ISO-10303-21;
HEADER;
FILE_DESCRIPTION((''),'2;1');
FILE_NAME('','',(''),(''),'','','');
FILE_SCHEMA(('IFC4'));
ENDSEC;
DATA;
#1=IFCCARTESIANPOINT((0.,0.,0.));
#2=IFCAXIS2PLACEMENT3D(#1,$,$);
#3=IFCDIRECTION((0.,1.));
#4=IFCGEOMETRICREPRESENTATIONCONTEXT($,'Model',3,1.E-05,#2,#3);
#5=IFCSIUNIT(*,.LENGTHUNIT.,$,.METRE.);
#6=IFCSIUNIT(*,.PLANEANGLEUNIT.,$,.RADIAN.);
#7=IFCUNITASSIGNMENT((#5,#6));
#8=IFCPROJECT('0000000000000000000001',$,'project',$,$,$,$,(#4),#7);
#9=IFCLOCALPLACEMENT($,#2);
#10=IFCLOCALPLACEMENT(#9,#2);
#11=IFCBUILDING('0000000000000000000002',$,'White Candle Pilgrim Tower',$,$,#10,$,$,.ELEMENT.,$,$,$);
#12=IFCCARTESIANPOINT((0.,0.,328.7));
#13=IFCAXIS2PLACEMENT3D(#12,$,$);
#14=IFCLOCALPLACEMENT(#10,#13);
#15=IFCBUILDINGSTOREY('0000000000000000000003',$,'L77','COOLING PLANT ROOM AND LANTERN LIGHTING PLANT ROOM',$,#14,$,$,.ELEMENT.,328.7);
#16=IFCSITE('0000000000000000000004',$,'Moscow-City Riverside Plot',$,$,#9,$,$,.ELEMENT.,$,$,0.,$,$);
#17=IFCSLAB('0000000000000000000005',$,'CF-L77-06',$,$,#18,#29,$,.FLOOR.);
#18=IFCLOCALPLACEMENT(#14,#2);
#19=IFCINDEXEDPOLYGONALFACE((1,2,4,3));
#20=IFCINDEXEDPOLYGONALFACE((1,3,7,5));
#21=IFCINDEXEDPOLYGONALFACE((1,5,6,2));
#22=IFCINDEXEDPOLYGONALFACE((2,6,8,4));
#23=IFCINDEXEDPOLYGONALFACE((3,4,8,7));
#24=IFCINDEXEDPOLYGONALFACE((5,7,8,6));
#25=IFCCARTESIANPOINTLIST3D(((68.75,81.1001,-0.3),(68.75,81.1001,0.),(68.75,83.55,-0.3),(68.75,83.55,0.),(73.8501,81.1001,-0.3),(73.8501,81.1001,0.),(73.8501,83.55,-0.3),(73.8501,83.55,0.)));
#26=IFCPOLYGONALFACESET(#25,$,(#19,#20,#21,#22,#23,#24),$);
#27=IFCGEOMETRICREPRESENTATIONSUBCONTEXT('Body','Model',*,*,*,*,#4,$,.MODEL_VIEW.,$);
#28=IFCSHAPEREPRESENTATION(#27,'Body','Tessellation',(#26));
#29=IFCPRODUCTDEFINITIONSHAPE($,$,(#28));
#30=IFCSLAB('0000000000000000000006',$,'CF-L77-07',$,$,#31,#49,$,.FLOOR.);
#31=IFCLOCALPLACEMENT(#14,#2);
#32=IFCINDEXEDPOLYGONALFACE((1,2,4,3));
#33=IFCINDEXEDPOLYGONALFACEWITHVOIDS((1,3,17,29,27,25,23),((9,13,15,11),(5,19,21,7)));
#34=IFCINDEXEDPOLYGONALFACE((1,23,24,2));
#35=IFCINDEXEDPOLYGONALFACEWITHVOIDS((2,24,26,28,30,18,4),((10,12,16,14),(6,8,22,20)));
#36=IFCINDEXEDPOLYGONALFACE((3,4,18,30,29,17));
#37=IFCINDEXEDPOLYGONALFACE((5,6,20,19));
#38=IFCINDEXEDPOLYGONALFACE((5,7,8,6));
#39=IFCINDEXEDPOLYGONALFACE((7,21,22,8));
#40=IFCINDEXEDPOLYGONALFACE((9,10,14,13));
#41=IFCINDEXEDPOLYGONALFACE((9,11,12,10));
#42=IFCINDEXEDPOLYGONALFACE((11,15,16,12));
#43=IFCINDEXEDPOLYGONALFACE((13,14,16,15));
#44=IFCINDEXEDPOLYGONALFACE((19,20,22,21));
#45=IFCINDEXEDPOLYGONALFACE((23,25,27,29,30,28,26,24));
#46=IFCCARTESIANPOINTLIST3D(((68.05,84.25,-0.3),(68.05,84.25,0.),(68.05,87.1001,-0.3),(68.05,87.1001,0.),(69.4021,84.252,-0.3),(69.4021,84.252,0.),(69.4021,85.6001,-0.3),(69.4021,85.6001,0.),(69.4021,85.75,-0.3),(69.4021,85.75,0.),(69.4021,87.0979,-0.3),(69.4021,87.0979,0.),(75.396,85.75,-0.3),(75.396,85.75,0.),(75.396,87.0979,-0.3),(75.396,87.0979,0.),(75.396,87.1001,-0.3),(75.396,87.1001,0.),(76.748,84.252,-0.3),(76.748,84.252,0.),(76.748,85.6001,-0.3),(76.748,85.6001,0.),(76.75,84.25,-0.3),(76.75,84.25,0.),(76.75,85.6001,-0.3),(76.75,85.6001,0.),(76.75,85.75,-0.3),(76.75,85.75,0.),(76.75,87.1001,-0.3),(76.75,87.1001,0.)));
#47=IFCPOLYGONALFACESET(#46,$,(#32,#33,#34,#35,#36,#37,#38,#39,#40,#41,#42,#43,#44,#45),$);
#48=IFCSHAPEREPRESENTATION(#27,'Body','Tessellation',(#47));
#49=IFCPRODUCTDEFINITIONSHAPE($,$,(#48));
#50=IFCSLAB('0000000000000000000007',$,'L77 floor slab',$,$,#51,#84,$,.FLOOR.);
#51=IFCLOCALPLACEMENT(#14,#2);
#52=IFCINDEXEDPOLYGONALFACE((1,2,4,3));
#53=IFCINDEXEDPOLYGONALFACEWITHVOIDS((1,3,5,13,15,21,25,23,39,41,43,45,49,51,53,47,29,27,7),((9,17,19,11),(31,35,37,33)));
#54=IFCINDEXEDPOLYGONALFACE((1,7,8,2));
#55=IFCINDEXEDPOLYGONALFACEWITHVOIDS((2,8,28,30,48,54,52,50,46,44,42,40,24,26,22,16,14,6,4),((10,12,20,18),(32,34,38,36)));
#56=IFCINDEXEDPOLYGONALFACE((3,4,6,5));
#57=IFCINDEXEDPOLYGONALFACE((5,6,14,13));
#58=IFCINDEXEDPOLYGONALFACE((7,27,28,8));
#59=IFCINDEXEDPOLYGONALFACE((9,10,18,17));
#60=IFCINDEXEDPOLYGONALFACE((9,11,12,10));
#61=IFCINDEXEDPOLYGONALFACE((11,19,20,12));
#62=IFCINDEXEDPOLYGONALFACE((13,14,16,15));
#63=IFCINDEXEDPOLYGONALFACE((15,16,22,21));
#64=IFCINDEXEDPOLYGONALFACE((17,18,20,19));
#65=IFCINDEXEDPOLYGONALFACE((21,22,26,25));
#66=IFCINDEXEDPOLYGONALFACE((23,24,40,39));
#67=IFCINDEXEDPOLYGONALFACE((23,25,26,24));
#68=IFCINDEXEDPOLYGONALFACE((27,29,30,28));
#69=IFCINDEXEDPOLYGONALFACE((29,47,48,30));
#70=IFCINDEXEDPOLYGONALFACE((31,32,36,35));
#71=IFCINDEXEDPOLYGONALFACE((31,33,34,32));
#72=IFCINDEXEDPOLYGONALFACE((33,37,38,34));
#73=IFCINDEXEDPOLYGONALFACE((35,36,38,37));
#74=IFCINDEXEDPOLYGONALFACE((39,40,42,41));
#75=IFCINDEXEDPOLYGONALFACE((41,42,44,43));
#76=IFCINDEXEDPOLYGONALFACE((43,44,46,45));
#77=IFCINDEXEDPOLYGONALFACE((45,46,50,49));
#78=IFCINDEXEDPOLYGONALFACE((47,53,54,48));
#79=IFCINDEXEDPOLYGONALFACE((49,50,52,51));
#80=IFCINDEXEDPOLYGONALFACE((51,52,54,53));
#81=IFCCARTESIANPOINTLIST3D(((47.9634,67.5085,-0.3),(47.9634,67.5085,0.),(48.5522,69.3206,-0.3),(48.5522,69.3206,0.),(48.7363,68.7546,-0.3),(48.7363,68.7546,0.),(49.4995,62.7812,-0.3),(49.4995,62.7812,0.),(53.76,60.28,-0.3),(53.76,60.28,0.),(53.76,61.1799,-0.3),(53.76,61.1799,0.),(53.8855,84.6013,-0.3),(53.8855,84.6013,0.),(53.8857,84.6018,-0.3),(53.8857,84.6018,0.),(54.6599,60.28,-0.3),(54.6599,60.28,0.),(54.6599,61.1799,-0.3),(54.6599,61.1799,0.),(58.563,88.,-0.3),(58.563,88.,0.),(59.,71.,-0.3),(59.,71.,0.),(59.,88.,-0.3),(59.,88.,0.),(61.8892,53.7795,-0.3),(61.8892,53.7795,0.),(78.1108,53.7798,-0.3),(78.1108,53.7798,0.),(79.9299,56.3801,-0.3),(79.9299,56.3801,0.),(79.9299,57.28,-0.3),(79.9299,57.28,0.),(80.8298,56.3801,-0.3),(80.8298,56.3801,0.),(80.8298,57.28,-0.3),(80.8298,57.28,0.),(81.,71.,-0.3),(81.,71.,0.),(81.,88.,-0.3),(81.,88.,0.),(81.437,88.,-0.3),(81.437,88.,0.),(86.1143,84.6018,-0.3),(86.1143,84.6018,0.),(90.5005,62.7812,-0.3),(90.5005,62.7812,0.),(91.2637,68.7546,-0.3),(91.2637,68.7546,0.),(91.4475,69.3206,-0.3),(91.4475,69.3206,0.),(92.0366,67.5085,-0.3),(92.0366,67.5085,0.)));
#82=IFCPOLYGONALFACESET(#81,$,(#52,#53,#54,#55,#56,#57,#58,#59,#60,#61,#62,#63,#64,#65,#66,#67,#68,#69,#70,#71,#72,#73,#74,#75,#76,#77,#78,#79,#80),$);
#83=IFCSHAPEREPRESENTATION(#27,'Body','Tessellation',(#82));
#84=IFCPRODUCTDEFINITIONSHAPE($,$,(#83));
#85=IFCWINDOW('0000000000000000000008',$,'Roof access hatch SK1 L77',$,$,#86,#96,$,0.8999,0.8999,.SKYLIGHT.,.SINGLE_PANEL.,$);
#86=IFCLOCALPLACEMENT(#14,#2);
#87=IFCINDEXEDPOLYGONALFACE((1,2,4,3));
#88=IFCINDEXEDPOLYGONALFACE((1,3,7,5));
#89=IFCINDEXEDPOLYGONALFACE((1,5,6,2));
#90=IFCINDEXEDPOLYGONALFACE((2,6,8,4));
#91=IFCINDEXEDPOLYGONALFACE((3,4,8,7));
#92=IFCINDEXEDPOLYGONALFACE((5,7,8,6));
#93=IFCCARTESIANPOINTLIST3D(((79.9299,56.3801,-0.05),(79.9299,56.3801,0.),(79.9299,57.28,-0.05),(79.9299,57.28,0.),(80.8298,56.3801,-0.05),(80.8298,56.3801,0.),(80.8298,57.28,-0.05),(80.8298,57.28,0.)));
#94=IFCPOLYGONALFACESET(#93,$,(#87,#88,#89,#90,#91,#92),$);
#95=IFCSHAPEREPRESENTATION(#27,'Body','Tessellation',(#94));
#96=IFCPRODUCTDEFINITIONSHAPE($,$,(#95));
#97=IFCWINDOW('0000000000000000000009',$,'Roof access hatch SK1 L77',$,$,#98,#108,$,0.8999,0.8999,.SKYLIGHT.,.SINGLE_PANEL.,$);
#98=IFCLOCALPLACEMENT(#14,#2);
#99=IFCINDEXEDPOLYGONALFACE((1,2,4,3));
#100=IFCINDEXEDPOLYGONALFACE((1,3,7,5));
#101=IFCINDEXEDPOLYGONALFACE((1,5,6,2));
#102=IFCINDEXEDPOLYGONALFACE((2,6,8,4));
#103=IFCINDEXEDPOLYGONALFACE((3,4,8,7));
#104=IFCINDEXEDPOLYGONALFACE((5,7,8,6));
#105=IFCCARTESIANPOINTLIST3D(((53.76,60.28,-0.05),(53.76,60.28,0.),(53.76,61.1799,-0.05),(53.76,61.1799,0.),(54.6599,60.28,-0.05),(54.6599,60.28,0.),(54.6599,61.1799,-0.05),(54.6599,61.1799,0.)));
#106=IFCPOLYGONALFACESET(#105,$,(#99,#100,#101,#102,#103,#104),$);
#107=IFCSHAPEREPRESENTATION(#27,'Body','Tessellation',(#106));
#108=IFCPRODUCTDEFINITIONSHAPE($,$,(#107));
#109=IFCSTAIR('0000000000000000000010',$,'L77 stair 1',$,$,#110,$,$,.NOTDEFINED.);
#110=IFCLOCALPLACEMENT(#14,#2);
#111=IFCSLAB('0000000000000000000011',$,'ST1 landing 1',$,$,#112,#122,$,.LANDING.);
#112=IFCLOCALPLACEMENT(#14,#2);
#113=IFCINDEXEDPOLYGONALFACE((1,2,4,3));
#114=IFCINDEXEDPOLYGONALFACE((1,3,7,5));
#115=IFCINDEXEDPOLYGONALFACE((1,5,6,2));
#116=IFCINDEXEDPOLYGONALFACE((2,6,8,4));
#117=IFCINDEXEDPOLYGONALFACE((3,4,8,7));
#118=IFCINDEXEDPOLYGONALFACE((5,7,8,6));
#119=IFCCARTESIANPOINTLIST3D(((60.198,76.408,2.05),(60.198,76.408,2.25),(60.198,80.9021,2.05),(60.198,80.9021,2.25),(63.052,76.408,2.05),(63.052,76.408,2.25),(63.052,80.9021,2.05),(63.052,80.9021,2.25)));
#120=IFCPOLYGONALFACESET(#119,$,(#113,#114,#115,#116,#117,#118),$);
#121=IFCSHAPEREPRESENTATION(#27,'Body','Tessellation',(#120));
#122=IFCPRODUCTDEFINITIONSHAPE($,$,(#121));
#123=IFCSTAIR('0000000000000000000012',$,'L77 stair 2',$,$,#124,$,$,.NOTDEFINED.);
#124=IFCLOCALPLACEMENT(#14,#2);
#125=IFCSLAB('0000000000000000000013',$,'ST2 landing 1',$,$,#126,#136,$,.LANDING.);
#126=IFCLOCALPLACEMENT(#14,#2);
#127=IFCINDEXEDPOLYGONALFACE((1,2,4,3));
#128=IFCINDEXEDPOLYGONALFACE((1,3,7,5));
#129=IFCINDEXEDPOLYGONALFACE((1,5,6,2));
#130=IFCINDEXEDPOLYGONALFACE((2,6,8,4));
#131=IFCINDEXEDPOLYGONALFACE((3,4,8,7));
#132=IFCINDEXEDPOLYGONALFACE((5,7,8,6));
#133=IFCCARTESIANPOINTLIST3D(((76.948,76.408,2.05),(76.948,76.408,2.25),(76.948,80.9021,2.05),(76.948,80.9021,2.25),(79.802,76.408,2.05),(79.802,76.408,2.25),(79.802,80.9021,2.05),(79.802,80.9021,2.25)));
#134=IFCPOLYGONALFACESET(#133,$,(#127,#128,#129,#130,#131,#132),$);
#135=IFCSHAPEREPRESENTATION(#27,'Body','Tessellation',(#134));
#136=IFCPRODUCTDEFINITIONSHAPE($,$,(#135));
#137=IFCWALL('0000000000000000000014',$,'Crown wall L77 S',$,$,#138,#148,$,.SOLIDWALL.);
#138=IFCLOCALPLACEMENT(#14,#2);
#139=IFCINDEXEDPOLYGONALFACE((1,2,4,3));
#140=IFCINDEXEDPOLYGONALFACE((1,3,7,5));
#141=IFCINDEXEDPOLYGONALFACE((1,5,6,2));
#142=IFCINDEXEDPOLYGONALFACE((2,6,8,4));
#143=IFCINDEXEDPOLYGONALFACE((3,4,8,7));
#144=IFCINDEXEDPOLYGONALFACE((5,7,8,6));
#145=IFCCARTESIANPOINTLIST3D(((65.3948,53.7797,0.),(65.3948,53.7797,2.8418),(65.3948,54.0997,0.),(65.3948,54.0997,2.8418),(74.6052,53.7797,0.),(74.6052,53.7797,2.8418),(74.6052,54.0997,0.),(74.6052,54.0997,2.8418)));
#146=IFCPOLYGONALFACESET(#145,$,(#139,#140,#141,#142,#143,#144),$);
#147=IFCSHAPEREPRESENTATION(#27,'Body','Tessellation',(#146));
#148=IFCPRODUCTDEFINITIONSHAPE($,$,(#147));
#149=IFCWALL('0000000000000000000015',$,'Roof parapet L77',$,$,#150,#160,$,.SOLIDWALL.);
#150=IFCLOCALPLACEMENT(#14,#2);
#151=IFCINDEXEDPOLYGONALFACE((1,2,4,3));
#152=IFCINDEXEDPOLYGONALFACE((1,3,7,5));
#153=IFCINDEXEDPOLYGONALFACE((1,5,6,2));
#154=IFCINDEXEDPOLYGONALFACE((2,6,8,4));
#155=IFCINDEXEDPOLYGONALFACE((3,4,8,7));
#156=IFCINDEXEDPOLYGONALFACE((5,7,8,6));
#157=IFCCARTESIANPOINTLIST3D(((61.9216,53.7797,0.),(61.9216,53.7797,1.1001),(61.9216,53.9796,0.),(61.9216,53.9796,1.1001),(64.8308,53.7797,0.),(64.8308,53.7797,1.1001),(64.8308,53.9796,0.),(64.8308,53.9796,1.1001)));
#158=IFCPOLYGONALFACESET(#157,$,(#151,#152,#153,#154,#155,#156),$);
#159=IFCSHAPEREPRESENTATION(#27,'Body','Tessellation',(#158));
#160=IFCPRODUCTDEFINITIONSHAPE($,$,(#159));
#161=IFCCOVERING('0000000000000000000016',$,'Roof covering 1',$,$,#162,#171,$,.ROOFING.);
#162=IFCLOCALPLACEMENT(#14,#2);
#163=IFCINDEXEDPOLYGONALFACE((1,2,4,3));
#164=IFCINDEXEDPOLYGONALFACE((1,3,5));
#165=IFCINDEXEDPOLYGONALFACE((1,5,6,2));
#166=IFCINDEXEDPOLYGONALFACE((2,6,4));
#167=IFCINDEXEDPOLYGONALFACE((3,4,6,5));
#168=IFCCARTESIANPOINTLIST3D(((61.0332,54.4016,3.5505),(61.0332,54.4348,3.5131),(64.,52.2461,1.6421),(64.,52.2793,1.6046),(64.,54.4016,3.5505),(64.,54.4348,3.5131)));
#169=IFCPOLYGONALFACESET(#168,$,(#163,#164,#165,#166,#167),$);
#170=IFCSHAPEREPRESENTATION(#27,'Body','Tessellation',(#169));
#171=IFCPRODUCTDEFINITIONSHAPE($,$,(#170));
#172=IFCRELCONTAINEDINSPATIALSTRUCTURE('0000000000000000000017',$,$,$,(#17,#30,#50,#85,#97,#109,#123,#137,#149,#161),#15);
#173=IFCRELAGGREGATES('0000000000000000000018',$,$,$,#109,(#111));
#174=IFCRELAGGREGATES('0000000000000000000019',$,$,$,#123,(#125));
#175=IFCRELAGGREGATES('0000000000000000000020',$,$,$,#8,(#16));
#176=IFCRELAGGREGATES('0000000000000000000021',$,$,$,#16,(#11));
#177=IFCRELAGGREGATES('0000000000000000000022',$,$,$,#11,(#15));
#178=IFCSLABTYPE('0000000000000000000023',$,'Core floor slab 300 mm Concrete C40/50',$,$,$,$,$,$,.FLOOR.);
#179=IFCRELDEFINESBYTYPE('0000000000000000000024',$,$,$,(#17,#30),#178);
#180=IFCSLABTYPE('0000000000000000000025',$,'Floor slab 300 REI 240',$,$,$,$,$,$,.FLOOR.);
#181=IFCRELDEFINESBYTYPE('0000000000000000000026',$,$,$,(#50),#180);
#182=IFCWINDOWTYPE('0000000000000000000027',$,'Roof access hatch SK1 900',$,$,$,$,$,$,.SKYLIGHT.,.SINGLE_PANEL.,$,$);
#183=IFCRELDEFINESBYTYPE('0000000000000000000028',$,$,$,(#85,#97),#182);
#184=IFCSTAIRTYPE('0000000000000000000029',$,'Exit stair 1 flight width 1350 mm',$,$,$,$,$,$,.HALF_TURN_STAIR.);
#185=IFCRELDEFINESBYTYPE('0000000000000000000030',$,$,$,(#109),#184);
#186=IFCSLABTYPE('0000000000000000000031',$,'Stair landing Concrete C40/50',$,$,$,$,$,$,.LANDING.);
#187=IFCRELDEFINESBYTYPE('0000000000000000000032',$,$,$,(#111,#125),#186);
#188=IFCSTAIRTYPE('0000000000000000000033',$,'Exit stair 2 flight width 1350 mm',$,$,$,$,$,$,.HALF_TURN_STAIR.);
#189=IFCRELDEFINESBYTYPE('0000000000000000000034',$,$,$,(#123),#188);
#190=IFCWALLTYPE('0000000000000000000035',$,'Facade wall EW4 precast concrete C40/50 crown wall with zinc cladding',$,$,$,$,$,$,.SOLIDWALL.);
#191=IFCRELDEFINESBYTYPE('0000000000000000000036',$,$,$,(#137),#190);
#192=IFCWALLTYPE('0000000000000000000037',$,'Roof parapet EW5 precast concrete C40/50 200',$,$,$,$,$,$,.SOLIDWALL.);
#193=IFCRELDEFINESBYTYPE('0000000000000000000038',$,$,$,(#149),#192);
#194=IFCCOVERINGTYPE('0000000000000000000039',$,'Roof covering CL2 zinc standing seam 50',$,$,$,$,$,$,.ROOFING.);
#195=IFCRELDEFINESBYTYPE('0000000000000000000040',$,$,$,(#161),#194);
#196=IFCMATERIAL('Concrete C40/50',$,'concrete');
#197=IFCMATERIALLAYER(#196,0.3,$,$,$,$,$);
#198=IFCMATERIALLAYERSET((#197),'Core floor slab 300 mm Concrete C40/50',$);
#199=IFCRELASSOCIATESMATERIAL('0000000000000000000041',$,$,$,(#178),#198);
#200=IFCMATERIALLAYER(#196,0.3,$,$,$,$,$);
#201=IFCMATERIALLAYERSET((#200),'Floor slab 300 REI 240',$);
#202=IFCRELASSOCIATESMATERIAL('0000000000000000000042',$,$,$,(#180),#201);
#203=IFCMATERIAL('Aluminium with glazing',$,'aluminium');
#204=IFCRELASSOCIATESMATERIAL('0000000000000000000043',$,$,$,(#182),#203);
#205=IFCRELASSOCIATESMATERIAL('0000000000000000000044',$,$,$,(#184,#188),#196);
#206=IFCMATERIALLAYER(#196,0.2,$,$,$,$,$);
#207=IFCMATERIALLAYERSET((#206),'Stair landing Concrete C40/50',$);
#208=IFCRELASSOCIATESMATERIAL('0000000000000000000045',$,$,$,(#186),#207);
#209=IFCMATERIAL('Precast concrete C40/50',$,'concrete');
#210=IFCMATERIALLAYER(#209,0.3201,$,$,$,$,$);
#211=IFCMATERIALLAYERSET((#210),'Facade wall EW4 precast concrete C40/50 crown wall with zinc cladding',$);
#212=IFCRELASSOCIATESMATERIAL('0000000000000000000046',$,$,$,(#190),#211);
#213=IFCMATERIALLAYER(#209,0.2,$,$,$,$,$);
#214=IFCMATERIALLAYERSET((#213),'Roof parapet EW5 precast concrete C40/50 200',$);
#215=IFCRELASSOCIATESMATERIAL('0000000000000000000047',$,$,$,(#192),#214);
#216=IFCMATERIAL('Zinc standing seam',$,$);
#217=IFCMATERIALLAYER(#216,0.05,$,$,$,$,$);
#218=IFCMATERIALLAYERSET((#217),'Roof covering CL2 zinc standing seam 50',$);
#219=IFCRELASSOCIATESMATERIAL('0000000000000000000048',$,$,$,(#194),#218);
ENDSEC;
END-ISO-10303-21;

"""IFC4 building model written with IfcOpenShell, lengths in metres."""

from ifc_helpers import new_model, si_unit, direction, frame, frame_2d, origin, origin_2d, place, context, subcontext, project, spatial, polyline, rectangle, outline, extrude, material, layer, layer_set, type_object, element, fill, aggregate, save


model = new_model("IFC4")

# Units and contexts
model_context = context("Model", 3, precision=1e-05, world=origin(), true_north=direction((0.0, 1.0)))
body_context = subcontext(model_context, "Body", "Model", "MODEL_VIEW")
ifc_project = project(units=[si_unit("LENGTHUNIT", "METRE"), si_unit("PLANEANGLEUNIT", "RADIAN")], contexts=[model_context])

# Site, building, storey
site_placement = place(None, origin())
site = spatial("IfcSite", under=ifc_project, at=site_placement, Name="Moscow-City Riverside Plot", CompositionType="ELEMENT", RefElevation=0.0)
building_placement = place(site_placement, origin())
building = spatial("IfcBuilding", under=site, at=building_placement, Name="White Candle Pilgrim Tower", CompositionType="ELEMENT")
storey_placement = place(building_placement, frame((0.0, 0.0, 328.7)))
storey = spatial("IfcBuildingStorey", under=building, at=storey_placement, Name="L77", Description="COOLING PLANT ROOM AND LANTERN LIGHTING PLANT ROOM", CompositionType="ELEMENT", Elevation=328.7)

# Slabs
ifc_material_1 = material(Name="Concrete C40/50", Category="concrete")
ifc_layer_1 = layer(ifc_material_1, 0.3)
ifc_layer_set_1 = layer_set([ifc_layer_1], Name="Core floor slab 300 mm Concrete C40/50")
slab_type_1 = type_object("IfcSlabType", Name="Core floor slab 300 mm Concrete C40/50", PredefinedType="FLOOR", material=ifc_layer_set_1)
slab_1_placement = place(storey_placement, frame((0.0, 0.0, -0.3)))
element("IfcSlab", 1, at=slab_1_placement, inside=storey, type_object=slab_type_1, Name="CF-L77-06", PredefinedType="FLOOR", context=body_context, shape_type="SweptSolid", body=[
    extrude(outline(polyline([(73.8501, 81.1001), (68.75, 81.1001), (68.75, 83.55), (73.8501, 83.55), (73.8501, 81.1001)])), origin(), (0.0, 0.0, 1.0), 0.3),
])
slab_2_placement = place(storey_placement, frame((0.0, 0.0, -0.3)))
element("IfcSlab", 2, at=slab_2_placement, inside=storey, type_object=slab_type_1, Name="CF-L77-07", PredefinedType="FLOOR", context=body_context, shape_type="SweptSolid", body=[
    extrude(outline(polyline([(68.05, 87.1001), (75.396, 87.1001), (76.75, 87.1001), (76.75, 85.75), (76.75, 85.6001), (76.75, 84.25), (68.05, 84.25), (68.05, 87.1001)]), holes=[polyline([(76.748, 84.252), (76.748, 85.6001), (69.4021, 85.6001), (69.4021, 84.252), (76.748, 84.252)]), polyline([(69.4021, 87.0979), (69.4021, 85.75), (75.396, 85.75), (75.396, 87.0979), (69.4021, 87.0979)])]), origin(), (0.0, 0.0, 1.0), 0.3),
])

# Slab, openings, windows
ifc_layer_2 = layer(ifc_material_1, 0.3)
ifc_layer_set_2 = layer_set([ifc_layer_2], Name="Floor slab 300 REI 240")
slab_type_2 = type_object("IfcSlabType", Name="Floor slab 300 REI 240", PredefinedType="FLOOR", material=ifc_layer_set_2)
slab_3_placement = place(storey_placement, frame((0.0, 0.0, -0.3)))
slab_3 = element("IfcSlab", 3, at=slab_3_placement, inside=storey, type_object=slab_type_2, Name="L77 floor slab", PredefinedType="FLOOR", context=body_context, shape_type="SweptSolid", body=[
    extrude(outline(polyline([(61.8892, 53.7795), (78.1108, 53.7798), (90.5005, 62.7812), (92.0366, 67.5085), (91.4475, 69.3206), (91.2637, 68.7546), (86.1143, 84.6018), (81.437, 88.0), (81.0, 88.0), (81.0, 71.0), (59.0, 71.0), (59.0, 88.0), (58.563, 88.0), (53.8857, 84.6018), (53.8855, 84.6013), (48.7363, 68.7546), (48.5522, 69.3206), (47.9634, 67.5085), (49.4995, 62.7812), (61.8892, 53.7795)])), origin(), (0.0, 0.0, 1.0), 0.3),
])
opening_1_placement = place(slab_3_placement, frame((80.3799, 56.8301, 0.0)))
opening_1 = element("IfcOpeningElement", 4, at=opening_1_placement, cuts=slab_3, PredefinedType="OPENING", context=body_context, shape_type="SweptSolid", body=[
    extrude(rectangle(XDim=0.8999, YDim=0.8999, at=origin_2d()), origin(), (0.0, 0.0, 1.0), 0.3),
])
opening_2_placement = place(slab_3_placement, frame((54.21, 60.73, 0.0)))
opening_2 = element("IfcOpeningElement", 5, at=opening_2_placement, cuts=slab_3, PredefinedType="OPENING", context=body_context, shape_type="SweptSolid", body=[
    extrude(rectangle(XDim=0.8999, YDim=0.8999, at=origin_2d()), origin(), (0.0, 0.0, 1.0), 0.3),
])
ifc_material_2 = material(Name="Aluminium with glazing", Category="aluminium")
window_type = type_object("IfcWindowType", Name="Roof access hatch SK1 900", PartitioningType="SINGLE_PANEL", PredefinedType="SKYLIGHT", material=ifc_material_2)
window_1_placement = place(opening_1_placement, frame((0.0, 0.0, 0.25)))
window_1 = element("IfcWindow", 6, at=window_1_placement, inside=storey, type_object=window_type, Name="Roof access hatch SK1 L77", OverallHeight=0.8999, OverallWidth=0.8999, PartitioningType="SINGLE_PANEL", PredefinedType="SKYLIGHT", context=body_context, shape_type="SweptSolid", body=[
    extrude(rectangle(XDim=0.8999, YDim=0.8999, at=origin_2d()), origin(), (0.0, 0.0, 1.0), 0.05),
])
fill(opening_1, window_1)
window_2_placement = place(opening_2_placement, frame((0.0, 0.0, 0.25)))
window_2 = element("IfcWindow", 7, at=window_2_placement, inside=storey, type_object=window_type, Name="Roof access hatch SK1 L77", OverallHeight=0.8999, OverallWidth=0.8999, PartitioningType="SINGLE_PANEL", PredefinedType="SKYLIGHT", context=body_context, shape_type="SweptSolid", body=[
    extrude(rectangle(XDim=0.8999, YDim=0.8999, at=origin_2d()), origin(), (0.0, 0.0, 1.0), 0.05),
])
fill(opening_2, window_2)

# Stairs, slabs
stair_type_1 = type_object("IfcStairType", Name="Exit stair 1 flight width 1350 mm", PredefinedType="HALF_TURN_STAIR", material=ifc_material_1)
stair_1_placement = place(storey_placement, origin())
stair_1 = element("IfcStair", 8, at=stair_1_placement, inside=storey, type_object=stair_type_1, Name="L77 stair 1", PredefinedType="NOTDEFINED")
ifc_layer_3 = layer(ifc_material_1, 0.2)
ifc_layer_set_3 = layer_set([ifc_layer_3], Name="Stair landing Concrete C40/50")
slab_type_3 = type_object("IfcSlabType", Name="Stair landing Concrete C40/50", PredefinedType="LANDING", material=ifc_layer_set_3)
slab_4_placement = place(storey_placement, frame((0.0, 0.0, 2.05)))
slab_4 = element("IfcSlab", 9, at=slab_4_placement, type_object=slab_type_3, Name="ST1 landing 1", PredefinedType="LANDING", context=body_context, shape_type="SweptSolid", body=[
    extrude(outline(polyline([(63.052, 76.408), (60.198, 76.408), (60.198, 80.9021), (63.052, 80.9021), (63.052, 76.408)])), origin(), (0.0, 0.0, 1.0), 0.2),
])
aggregate(stair_1, [slab_4])
stair_type_2 = type_object("IfcStairType", Name="Exit stair 2 flight width 1350 mm", PredefinedType="HALF_TURN_STAIR", material=ifc_material_1)
stair_2_placement = place(storey_placement, origin())
stair_2 = element("IfcStair", 10, at=stair_2_placement, inside=storey, type_object=stair_type_2, Name="L77 stair 2", PredefinedType="NOTDEFINED")
slab_5_placement = place(storey_placement, frame((0.0, 0.0, 2.05)))
slab_5 = element("IfcSlab", 11, at=slab_5_placement, type_object=slab_type_3, Name="ST2 landing 1", PredefinedType="LANDING", context=body_context, shape_type="SweptSolid", body=[
    extrude(outline(polyline([(79.802, 76.408), (76.948, 76.408), (76.948, 80.9021), (79.802, 80.9021), (79.802, 76.408)])), origin(), (0.0, 0.0, 1.0), 0.2),
])
aggregate(stair_2, [slab_5])

# Walls
ifc_material_3 = material(Name="Precast concrete C40/50", Category="concrete")
ifc_layer_4 = layer(ifc_material_3, 0.3201)
ifc_layer_set_4 = layer_set([ifc_layer_4], Name="Facade wall EW4 precast concrete C40/50 crown wall with zinc cladding")
wall_type_1 = type_object("IfcWallType", Name="Facade wall EW4 precast concrete C40/50 crown wall with zinc cladding", PredefinedType="SOLIDWALL", material=ifc_layer_set_4)
wall_1_placement = place(storey_placement, frame((65.3948, 53.9397, 0.0), z_axis=(0.0, 0.0, 1.0), x_axis=(1.0, 0.0, 0.0)))
element("IfcWall", 12, at=wall_1_placement, inside=storey, type_object=wall_type_1, Name="Crown wall L77 S", PredefinedType="SOLIDWALL", context=body_context, shape_type="SweptSolid", body=[
    extrude(rectangle(XDim=9.2104, YDim=0.3201, at=frame_2d((4.6052, 0.0))), origin(), (0.0, 0.0, 1.0), 2.8418),
])
ifc_layer_5 = layer(ifc_material_3, 0.2)
ifc_layer_set_5 = layer_set([ifc_layer_5], Name="Roof parapet EW5 precast concrete C40/50 200")
wall_type_2 = type_object("IfcWallType", Name="Roof parapet EW5 precast concrete C40/50 200", PredefinedType="SOLIDWALL", material=ifc_layer_set_5)
wall_2_placement = place(storey_placement, frame((64.8308, 53.8796, 0.0), z_axis=(0.0, 0.0, 1.0), x_axis=(-1.0, 0.0, 0.0)))
element("IfcWall", 13, at=wall_2_placement, inside=storey, type_object=wall_type_2, Name="Roof parapet L77", PredefinedType="SOLIDWALL", context=body_context, shape_type="SweptSolid", body=[
    extrude(rectangle(XDim=2.9092, YDim=0.2, at=frame_2d((1.4546, 0.0))), origin(), (0.0, 0.0, 1.0), 1.1001),
])

# Covering
ifc_material_4 = material(Name="Zinc standing seam")
ifc_layer_6 = layer(ifc_material_4, 0.05)
ifc_layer_set_6 = layer_set([ifc_layer_6], Name="Roof covering CL2 zinc standing seam 50")
covering_type_1 = type_object("IfcCoveringType", Name="Roof covering CL2 zinc standing seam 50", PredefinedType="ROOFING", material=ifc_layer_set_6)
covering_1_placement = place(storey_placement, frame((64.0, 52.2461, 1.6421), z_axis=(0.0, -0.662894, 0.748713), x_axis=(-0.71765, 0.521407, 0.461642)))
element("IfcCovering", 14, at=covering_1_placement, inside=storey, type_object=covering_type_1, Name="Roof covering 1", PredefinedType="ROOFING", context=body_context, shape_type="SweptSolid", body=[
    extrude(outline(polyline([(0.0, 0.0), (4.134, 0.0), (2.0049, -2.0661), (0.0, 0.0)])), origin(), (0.0, 0.0, -1.0), 0.05),
])

save(model, "model.ifc")
